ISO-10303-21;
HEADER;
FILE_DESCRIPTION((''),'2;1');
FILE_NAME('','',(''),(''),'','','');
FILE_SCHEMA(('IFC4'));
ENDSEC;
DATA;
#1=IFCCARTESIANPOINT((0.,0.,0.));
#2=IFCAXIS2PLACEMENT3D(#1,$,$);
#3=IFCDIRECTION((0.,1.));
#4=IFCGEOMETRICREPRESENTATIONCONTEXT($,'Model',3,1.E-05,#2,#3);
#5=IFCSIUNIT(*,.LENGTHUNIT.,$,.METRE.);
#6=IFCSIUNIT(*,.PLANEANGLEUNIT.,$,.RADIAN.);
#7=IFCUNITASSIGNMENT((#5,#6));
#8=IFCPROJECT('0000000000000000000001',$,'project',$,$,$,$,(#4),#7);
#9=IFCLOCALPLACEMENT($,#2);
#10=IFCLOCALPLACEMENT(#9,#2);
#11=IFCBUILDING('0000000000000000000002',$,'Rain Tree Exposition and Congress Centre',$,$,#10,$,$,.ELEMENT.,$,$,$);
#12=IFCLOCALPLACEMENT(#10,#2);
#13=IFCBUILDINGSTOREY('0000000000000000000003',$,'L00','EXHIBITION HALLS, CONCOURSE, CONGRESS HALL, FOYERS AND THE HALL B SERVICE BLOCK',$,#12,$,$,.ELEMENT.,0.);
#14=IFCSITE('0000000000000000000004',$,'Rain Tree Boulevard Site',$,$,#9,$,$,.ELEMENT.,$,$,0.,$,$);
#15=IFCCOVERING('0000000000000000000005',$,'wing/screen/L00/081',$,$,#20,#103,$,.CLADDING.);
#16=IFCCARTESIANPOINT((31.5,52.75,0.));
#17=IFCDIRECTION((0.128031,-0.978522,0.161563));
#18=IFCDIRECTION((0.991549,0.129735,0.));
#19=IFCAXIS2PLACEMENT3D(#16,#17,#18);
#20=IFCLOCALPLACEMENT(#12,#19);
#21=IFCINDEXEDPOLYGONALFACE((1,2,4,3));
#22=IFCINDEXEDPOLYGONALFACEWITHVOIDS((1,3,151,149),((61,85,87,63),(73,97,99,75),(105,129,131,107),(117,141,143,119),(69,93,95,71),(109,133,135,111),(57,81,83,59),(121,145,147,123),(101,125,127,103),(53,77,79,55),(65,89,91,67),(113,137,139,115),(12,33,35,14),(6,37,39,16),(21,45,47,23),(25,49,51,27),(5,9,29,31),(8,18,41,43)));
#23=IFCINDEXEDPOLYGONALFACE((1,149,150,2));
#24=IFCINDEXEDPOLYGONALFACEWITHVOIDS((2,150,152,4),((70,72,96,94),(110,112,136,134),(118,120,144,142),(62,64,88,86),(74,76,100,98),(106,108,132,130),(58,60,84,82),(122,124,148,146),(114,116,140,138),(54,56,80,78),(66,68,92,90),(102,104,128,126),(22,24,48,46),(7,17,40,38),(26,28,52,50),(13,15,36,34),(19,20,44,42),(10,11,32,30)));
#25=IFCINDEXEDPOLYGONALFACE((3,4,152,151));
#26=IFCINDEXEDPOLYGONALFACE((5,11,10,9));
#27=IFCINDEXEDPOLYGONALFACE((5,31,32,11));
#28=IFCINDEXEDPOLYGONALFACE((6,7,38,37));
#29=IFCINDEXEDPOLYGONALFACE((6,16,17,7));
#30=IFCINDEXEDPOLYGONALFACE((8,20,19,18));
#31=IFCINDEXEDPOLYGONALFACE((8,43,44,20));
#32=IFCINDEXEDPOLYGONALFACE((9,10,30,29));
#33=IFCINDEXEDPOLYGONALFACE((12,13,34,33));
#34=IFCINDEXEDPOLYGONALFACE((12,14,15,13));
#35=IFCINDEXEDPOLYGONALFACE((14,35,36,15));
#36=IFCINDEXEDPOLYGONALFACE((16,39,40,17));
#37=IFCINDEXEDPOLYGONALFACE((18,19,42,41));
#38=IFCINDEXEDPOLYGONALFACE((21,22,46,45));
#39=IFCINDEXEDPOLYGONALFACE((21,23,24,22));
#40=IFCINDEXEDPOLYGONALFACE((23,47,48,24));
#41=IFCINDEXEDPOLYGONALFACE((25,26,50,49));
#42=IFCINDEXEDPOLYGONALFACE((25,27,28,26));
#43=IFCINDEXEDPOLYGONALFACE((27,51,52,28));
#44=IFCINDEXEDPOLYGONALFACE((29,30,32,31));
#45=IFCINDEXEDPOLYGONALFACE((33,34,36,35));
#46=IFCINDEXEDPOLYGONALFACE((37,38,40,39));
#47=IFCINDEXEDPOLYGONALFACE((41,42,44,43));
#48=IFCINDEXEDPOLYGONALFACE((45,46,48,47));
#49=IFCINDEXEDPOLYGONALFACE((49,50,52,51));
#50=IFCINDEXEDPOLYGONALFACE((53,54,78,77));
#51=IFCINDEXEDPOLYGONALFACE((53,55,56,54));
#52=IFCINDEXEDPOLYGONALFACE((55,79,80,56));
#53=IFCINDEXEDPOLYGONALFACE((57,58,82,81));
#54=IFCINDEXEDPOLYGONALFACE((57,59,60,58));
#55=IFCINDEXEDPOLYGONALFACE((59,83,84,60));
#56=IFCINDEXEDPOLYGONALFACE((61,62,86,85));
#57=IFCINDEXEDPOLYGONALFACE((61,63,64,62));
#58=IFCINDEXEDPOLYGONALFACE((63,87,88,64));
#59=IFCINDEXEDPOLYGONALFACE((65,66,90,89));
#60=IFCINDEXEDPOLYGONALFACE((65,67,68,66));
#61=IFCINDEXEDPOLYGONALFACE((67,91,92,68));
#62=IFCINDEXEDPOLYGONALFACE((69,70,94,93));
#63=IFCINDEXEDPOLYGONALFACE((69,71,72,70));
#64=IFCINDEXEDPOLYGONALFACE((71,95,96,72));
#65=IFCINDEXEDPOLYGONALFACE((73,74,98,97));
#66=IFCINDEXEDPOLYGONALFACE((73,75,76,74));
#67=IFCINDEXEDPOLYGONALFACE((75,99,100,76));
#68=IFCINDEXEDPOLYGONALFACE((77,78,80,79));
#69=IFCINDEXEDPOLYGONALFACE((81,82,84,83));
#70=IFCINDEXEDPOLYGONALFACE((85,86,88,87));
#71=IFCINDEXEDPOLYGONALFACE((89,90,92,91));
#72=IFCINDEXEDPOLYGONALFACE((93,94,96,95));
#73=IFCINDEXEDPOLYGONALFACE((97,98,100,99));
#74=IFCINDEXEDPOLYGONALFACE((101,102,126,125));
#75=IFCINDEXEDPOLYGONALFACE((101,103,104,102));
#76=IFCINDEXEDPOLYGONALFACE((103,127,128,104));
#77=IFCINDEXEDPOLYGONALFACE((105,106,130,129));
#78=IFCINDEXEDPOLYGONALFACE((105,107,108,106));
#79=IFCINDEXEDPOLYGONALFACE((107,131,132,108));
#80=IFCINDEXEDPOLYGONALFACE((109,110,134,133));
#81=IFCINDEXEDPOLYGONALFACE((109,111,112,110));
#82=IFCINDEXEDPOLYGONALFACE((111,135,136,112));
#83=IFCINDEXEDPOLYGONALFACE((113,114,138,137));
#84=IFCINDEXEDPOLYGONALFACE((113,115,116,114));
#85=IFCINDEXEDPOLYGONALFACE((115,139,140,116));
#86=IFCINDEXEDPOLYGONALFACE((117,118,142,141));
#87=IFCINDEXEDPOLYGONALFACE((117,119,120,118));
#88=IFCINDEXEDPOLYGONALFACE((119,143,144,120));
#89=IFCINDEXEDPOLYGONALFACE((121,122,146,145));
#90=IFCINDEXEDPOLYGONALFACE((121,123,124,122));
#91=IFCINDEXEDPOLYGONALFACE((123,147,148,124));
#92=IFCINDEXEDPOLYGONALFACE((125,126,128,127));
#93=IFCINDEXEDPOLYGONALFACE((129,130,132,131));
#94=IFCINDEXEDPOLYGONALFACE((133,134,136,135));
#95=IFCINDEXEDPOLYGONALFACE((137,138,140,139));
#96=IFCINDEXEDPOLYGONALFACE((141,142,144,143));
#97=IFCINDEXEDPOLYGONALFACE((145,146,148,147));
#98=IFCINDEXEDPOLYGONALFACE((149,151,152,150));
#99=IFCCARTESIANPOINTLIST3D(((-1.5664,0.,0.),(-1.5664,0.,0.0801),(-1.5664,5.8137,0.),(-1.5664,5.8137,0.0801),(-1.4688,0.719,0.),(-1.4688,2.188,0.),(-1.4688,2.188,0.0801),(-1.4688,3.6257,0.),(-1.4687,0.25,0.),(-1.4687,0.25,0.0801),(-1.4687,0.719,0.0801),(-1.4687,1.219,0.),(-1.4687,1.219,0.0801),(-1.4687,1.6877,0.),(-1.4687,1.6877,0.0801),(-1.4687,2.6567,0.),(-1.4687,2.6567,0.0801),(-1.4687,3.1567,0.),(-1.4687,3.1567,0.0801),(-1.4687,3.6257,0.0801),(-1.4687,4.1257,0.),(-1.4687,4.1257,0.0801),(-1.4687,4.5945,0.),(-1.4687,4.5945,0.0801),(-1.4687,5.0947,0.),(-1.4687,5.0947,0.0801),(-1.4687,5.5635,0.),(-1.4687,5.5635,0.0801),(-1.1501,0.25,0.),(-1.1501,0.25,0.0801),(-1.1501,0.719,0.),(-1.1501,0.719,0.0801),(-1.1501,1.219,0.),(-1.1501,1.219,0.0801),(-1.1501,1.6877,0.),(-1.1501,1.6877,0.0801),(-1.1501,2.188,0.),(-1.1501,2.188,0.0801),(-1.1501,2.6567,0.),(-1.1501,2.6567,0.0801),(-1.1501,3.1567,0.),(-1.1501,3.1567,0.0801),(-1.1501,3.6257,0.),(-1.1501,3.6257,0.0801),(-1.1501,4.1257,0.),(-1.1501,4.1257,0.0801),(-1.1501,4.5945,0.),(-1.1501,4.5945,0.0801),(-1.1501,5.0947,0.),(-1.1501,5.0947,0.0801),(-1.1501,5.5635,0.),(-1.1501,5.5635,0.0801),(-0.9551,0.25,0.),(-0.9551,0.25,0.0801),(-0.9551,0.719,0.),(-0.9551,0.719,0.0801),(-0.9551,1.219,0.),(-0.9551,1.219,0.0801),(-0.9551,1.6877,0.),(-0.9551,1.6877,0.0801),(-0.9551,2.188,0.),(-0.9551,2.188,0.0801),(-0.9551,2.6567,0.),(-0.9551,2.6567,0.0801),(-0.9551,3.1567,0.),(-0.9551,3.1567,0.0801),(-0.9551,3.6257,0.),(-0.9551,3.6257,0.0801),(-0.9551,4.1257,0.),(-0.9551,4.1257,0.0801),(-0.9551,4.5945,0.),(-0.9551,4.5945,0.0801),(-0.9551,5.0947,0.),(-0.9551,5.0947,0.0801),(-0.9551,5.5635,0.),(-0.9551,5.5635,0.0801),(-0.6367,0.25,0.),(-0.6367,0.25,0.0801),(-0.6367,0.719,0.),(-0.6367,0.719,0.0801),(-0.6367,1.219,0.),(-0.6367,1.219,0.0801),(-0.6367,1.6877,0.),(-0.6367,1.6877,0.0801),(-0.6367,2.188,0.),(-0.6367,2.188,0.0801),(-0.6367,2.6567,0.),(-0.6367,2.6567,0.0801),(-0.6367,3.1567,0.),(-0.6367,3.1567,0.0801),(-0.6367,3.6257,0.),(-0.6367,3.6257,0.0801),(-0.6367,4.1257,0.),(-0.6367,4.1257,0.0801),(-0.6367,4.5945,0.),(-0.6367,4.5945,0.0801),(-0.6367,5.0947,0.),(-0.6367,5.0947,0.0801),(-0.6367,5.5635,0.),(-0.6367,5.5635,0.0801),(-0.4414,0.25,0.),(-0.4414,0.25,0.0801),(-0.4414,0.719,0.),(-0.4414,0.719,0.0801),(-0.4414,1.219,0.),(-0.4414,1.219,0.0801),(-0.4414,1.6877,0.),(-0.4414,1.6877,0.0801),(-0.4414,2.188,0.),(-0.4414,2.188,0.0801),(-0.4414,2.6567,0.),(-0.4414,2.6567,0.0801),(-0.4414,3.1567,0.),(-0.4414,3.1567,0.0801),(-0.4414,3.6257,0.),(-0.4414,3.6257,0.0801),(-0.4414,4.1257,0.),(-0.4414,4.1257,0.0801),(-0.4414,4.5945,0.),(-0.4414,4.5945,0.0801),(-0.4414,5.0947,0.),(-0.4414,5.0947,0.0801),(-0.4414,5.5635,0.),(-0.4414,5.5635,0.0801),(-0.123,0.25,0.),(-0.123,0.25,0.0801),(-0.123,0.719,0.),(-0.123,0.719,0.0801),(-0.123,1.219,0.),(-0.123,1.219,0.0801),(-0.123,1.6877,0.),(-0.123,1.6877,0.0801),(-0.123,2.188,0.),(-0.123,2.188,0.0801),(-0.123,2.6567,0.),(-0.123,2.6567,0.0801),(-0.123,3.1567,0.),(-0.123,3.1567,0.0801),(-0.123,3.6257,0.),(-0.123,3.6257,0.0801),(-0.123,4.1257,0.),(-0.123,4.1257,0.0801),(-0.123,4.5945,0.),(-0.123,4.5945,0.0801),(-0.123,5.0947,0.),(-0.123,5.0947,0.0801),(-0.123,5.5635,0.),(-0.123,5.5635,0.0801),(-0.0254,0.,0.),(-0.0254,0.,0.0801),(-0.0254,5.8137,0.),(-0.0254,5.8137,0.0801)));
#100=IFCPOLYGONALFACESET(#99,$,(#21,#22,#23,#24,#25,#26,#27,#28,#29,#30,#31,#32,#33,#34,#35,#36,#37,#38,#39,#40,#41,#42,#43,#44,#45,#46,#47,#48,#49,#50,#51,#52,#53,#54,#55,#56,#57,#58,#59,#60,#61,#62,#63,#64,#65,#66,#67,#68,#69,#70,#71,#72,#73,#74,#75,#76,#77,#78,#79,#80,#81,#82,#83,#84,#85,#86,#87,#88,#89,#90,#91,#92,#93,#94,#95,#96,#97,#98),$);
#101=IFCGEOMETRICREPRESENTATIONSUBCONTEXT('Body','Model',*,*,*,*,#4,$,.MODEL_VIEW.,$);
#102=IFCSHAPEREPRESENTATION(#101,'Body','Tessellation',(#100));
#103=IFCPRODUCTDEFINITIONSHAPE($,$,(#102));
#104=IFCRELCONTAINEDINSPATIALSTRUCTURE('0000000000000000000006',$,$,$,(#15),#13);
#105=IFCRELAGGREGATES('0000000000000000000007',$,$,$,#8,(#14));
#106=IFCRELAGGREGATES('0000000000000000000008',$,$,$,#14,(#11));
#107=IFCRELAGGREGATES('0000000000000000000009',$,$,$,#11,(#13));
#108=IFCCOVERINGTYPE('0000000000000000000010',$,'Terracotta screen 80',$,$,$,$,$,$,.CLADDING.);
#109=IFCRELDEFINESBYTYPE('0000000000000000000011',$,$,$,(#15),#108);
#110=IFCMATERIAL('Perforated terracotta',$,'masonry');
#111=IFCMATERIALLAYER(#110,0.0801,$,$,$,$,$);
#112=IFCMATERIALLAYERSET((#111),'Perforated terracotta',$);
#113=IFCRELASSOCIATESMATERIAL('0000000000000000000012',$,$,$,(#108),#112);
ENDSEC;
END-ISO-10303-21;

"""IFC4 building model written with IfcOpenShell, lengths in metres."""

from ifc_helpers import new_model, si_unit, direction, frame, origin, place, context, subcontext, project, spatial, polyline, outline, extrude, material, layer, layer_set, type_object, element, save


model = new_model("IFC4")

# Units and contexts
model_context = context("Model", 3, precision=1e-05, world=origin(), true_north=direction((0.0, 1.0)))
body_context = subcontext(model_context, "Body", "Model", "MODEL_VIEW")
ifc_project = project(units=[si_unit("LENGTHUNIT", "METRE"), si_unit("PLANEANGLEUNIT", "RADIAN")], contexts=[model_context])

# Site, building, storey
site_placement = place(None, origin())
site = spatial("IfcSite", under=ifc_project, at=site_placement, Name="Rain Tree Boulevard Site", CompositionType="ELEMENT", RefElevation=0.0)
building_placement = place(site_placement, origin())
building = spatial("IfcBuilding", under=site, at=building_placement, Name="Rain Tree Exposition and Congress Centre", CompositionType="ELEMENT")
storey_placement = place(building_placement, origin())
storey = spatial("IfcBuildingStorey", under=building, at=storey_placement, Name="L00", Description="EXHIBITION HALLS, CONCOURSE, CONGRESS HALL, FOYERS AND THE HALL B SERVICE BLOCK", CompositionType="ELEMENT", Elevation=0.0)

# Covering
ifc_material_1 = material(Name="Perforated terracotta", Category="masonry")
ifc_layer_1 = layer(ifc_material_1, 0.0801)
ifc_layer_set_1 = layer_set([ifc_layer_1], Name="Perforated terracotta")
covering_type = type_object("IfcCoveringType", Name="Terracotta screen 80", PredefinedType="CLADDING", material=ifc_layer_set_1)
covering_1_placement = place(storey_placement, frame((31.5, 52.75, 0.0), z_axis=(0.128031, -0.978522, 0.161563), x_axis=(0.991549, 0.129735, 0.0)))
element("IfcCovering", 1, at=covering_1_placement, inside=storey, type_object=covering_type, Name="wing/screen/L00/081", PredefinedType="CLADDING", context=body_context, shape_type="SweptSolid", body=[
    extrude(outline(polyline([(-0.0254, 5.8137), (-0.0254, 0.0), (-1.5664, 0.0), (-1.5664, 5.8137), (-0.0254, 5.8137)]), holes=[polyline([(-0.123, 0.25), (-0.123, 0.719), (-0.4414, 0.719), (-0.4414, 0.25), (-0.123, 0.25)]), polyline([(-0.123, 1.219), (-0.123, 1.6877), (-0.4414, 1.6877), (-0.4414, 1.219), (-0.123, 1.219)]), polyline([(-0.123, 2.188), (-0.123, 2.6567), (-0.4414, 2.6567), (-0.4414, 2.188), (-0.123, 2.188)]), polyline([(-0.123, 3.1567), (-0.123, 3.6257), (-0.4414, 3.6257), (-0.4414, 3.1567), (-0.123, 3.1567)]), polyline([(-0.123, 4.1257), (-0.123, 4.5945), (-0.4414, 4.5945), (-0.4414, 4.1257), (-0.123, 4.1257)]), polyline([(-0.123, 5.0947), (-0.123, 5.5635), (-0.4414, 5.5635), (-0.4414, 5.0947), (-0.123, 5.0947)]), polyline([(-0.6367, 0.25), (-0.6367, 0.719), (-0.9551, 0.719), (-0.9551, 0.25), (-0.6367, 0.25)]), polyline([(-0.6367, 1.219), (-0.6367, 1.6877), (-0.9551, 1.6877), (-0.9551, 1.219), (-0.6367, 1.219)]), polyline([(-0.6367, 2.188), (-0.6367, 2.6567), (-0.9551, 2.6567), (-0.9551, 2.188), (-0.6367, 2.188)]), polyline([(-0.6367, 3.1567), (-0.6367, 3.6257), (-0.9551, 3.6257), (-0.9551, 3.1567), (-0.6367, 3.1567)]), polyline([(-0.6367, 4.1257), (-0.6367, 4.5945), (-0.9551, 4.5945), (-0.9551, 4.1257), (-0.6367, 4.1257)]), polyline([(-0.6367, 5.0947), (-0.6367, 5.5635), (-0.9551, 5.5635), (-0.9551, 5.0947), (-0.6367, 5.0947)]), polyline([(-1.1501, 0.25), (-1.1501, 0.719), (-1.4688, 0.719), (-1.4688, 0.25), (-1.1501, 0.25)]), polyline([(-1.1501, 1.219), (-1.1501, 1.6877), (-1.4688, 1.6877), (-1.4688, 1.219), (-1.1501, 1.219)]), polyline([(-1.1501, 2.188), (-1.1501, 2.6567), (-1.4688, 2.6567), (-1.4688, 2.188), (-1.1501, 2.188)]), polyline([(-1.1501, 3.1567), (-1.1501, 3.6257), (-1.4688, 3.6257), (-1.4688, 3.1567), (-1.1501, 3.1567)]), polyline([(-1.1501, 4.1257), (-1.1501, 4.5945), (-1.4688, 4.5945), (-1.4688, 4.1257), (-1.1501, 4.1257)]), polyline([(-1.1501, 5.0947), (-1.1501, 5.5635), (-1.4688, 5.5635), (-1.4688, 5.0947), (-1.1501, 5.0947)])]), origin(), (0.0, 0.0, 1.0), 0.0801),
])

save(model, "model.ifc")
